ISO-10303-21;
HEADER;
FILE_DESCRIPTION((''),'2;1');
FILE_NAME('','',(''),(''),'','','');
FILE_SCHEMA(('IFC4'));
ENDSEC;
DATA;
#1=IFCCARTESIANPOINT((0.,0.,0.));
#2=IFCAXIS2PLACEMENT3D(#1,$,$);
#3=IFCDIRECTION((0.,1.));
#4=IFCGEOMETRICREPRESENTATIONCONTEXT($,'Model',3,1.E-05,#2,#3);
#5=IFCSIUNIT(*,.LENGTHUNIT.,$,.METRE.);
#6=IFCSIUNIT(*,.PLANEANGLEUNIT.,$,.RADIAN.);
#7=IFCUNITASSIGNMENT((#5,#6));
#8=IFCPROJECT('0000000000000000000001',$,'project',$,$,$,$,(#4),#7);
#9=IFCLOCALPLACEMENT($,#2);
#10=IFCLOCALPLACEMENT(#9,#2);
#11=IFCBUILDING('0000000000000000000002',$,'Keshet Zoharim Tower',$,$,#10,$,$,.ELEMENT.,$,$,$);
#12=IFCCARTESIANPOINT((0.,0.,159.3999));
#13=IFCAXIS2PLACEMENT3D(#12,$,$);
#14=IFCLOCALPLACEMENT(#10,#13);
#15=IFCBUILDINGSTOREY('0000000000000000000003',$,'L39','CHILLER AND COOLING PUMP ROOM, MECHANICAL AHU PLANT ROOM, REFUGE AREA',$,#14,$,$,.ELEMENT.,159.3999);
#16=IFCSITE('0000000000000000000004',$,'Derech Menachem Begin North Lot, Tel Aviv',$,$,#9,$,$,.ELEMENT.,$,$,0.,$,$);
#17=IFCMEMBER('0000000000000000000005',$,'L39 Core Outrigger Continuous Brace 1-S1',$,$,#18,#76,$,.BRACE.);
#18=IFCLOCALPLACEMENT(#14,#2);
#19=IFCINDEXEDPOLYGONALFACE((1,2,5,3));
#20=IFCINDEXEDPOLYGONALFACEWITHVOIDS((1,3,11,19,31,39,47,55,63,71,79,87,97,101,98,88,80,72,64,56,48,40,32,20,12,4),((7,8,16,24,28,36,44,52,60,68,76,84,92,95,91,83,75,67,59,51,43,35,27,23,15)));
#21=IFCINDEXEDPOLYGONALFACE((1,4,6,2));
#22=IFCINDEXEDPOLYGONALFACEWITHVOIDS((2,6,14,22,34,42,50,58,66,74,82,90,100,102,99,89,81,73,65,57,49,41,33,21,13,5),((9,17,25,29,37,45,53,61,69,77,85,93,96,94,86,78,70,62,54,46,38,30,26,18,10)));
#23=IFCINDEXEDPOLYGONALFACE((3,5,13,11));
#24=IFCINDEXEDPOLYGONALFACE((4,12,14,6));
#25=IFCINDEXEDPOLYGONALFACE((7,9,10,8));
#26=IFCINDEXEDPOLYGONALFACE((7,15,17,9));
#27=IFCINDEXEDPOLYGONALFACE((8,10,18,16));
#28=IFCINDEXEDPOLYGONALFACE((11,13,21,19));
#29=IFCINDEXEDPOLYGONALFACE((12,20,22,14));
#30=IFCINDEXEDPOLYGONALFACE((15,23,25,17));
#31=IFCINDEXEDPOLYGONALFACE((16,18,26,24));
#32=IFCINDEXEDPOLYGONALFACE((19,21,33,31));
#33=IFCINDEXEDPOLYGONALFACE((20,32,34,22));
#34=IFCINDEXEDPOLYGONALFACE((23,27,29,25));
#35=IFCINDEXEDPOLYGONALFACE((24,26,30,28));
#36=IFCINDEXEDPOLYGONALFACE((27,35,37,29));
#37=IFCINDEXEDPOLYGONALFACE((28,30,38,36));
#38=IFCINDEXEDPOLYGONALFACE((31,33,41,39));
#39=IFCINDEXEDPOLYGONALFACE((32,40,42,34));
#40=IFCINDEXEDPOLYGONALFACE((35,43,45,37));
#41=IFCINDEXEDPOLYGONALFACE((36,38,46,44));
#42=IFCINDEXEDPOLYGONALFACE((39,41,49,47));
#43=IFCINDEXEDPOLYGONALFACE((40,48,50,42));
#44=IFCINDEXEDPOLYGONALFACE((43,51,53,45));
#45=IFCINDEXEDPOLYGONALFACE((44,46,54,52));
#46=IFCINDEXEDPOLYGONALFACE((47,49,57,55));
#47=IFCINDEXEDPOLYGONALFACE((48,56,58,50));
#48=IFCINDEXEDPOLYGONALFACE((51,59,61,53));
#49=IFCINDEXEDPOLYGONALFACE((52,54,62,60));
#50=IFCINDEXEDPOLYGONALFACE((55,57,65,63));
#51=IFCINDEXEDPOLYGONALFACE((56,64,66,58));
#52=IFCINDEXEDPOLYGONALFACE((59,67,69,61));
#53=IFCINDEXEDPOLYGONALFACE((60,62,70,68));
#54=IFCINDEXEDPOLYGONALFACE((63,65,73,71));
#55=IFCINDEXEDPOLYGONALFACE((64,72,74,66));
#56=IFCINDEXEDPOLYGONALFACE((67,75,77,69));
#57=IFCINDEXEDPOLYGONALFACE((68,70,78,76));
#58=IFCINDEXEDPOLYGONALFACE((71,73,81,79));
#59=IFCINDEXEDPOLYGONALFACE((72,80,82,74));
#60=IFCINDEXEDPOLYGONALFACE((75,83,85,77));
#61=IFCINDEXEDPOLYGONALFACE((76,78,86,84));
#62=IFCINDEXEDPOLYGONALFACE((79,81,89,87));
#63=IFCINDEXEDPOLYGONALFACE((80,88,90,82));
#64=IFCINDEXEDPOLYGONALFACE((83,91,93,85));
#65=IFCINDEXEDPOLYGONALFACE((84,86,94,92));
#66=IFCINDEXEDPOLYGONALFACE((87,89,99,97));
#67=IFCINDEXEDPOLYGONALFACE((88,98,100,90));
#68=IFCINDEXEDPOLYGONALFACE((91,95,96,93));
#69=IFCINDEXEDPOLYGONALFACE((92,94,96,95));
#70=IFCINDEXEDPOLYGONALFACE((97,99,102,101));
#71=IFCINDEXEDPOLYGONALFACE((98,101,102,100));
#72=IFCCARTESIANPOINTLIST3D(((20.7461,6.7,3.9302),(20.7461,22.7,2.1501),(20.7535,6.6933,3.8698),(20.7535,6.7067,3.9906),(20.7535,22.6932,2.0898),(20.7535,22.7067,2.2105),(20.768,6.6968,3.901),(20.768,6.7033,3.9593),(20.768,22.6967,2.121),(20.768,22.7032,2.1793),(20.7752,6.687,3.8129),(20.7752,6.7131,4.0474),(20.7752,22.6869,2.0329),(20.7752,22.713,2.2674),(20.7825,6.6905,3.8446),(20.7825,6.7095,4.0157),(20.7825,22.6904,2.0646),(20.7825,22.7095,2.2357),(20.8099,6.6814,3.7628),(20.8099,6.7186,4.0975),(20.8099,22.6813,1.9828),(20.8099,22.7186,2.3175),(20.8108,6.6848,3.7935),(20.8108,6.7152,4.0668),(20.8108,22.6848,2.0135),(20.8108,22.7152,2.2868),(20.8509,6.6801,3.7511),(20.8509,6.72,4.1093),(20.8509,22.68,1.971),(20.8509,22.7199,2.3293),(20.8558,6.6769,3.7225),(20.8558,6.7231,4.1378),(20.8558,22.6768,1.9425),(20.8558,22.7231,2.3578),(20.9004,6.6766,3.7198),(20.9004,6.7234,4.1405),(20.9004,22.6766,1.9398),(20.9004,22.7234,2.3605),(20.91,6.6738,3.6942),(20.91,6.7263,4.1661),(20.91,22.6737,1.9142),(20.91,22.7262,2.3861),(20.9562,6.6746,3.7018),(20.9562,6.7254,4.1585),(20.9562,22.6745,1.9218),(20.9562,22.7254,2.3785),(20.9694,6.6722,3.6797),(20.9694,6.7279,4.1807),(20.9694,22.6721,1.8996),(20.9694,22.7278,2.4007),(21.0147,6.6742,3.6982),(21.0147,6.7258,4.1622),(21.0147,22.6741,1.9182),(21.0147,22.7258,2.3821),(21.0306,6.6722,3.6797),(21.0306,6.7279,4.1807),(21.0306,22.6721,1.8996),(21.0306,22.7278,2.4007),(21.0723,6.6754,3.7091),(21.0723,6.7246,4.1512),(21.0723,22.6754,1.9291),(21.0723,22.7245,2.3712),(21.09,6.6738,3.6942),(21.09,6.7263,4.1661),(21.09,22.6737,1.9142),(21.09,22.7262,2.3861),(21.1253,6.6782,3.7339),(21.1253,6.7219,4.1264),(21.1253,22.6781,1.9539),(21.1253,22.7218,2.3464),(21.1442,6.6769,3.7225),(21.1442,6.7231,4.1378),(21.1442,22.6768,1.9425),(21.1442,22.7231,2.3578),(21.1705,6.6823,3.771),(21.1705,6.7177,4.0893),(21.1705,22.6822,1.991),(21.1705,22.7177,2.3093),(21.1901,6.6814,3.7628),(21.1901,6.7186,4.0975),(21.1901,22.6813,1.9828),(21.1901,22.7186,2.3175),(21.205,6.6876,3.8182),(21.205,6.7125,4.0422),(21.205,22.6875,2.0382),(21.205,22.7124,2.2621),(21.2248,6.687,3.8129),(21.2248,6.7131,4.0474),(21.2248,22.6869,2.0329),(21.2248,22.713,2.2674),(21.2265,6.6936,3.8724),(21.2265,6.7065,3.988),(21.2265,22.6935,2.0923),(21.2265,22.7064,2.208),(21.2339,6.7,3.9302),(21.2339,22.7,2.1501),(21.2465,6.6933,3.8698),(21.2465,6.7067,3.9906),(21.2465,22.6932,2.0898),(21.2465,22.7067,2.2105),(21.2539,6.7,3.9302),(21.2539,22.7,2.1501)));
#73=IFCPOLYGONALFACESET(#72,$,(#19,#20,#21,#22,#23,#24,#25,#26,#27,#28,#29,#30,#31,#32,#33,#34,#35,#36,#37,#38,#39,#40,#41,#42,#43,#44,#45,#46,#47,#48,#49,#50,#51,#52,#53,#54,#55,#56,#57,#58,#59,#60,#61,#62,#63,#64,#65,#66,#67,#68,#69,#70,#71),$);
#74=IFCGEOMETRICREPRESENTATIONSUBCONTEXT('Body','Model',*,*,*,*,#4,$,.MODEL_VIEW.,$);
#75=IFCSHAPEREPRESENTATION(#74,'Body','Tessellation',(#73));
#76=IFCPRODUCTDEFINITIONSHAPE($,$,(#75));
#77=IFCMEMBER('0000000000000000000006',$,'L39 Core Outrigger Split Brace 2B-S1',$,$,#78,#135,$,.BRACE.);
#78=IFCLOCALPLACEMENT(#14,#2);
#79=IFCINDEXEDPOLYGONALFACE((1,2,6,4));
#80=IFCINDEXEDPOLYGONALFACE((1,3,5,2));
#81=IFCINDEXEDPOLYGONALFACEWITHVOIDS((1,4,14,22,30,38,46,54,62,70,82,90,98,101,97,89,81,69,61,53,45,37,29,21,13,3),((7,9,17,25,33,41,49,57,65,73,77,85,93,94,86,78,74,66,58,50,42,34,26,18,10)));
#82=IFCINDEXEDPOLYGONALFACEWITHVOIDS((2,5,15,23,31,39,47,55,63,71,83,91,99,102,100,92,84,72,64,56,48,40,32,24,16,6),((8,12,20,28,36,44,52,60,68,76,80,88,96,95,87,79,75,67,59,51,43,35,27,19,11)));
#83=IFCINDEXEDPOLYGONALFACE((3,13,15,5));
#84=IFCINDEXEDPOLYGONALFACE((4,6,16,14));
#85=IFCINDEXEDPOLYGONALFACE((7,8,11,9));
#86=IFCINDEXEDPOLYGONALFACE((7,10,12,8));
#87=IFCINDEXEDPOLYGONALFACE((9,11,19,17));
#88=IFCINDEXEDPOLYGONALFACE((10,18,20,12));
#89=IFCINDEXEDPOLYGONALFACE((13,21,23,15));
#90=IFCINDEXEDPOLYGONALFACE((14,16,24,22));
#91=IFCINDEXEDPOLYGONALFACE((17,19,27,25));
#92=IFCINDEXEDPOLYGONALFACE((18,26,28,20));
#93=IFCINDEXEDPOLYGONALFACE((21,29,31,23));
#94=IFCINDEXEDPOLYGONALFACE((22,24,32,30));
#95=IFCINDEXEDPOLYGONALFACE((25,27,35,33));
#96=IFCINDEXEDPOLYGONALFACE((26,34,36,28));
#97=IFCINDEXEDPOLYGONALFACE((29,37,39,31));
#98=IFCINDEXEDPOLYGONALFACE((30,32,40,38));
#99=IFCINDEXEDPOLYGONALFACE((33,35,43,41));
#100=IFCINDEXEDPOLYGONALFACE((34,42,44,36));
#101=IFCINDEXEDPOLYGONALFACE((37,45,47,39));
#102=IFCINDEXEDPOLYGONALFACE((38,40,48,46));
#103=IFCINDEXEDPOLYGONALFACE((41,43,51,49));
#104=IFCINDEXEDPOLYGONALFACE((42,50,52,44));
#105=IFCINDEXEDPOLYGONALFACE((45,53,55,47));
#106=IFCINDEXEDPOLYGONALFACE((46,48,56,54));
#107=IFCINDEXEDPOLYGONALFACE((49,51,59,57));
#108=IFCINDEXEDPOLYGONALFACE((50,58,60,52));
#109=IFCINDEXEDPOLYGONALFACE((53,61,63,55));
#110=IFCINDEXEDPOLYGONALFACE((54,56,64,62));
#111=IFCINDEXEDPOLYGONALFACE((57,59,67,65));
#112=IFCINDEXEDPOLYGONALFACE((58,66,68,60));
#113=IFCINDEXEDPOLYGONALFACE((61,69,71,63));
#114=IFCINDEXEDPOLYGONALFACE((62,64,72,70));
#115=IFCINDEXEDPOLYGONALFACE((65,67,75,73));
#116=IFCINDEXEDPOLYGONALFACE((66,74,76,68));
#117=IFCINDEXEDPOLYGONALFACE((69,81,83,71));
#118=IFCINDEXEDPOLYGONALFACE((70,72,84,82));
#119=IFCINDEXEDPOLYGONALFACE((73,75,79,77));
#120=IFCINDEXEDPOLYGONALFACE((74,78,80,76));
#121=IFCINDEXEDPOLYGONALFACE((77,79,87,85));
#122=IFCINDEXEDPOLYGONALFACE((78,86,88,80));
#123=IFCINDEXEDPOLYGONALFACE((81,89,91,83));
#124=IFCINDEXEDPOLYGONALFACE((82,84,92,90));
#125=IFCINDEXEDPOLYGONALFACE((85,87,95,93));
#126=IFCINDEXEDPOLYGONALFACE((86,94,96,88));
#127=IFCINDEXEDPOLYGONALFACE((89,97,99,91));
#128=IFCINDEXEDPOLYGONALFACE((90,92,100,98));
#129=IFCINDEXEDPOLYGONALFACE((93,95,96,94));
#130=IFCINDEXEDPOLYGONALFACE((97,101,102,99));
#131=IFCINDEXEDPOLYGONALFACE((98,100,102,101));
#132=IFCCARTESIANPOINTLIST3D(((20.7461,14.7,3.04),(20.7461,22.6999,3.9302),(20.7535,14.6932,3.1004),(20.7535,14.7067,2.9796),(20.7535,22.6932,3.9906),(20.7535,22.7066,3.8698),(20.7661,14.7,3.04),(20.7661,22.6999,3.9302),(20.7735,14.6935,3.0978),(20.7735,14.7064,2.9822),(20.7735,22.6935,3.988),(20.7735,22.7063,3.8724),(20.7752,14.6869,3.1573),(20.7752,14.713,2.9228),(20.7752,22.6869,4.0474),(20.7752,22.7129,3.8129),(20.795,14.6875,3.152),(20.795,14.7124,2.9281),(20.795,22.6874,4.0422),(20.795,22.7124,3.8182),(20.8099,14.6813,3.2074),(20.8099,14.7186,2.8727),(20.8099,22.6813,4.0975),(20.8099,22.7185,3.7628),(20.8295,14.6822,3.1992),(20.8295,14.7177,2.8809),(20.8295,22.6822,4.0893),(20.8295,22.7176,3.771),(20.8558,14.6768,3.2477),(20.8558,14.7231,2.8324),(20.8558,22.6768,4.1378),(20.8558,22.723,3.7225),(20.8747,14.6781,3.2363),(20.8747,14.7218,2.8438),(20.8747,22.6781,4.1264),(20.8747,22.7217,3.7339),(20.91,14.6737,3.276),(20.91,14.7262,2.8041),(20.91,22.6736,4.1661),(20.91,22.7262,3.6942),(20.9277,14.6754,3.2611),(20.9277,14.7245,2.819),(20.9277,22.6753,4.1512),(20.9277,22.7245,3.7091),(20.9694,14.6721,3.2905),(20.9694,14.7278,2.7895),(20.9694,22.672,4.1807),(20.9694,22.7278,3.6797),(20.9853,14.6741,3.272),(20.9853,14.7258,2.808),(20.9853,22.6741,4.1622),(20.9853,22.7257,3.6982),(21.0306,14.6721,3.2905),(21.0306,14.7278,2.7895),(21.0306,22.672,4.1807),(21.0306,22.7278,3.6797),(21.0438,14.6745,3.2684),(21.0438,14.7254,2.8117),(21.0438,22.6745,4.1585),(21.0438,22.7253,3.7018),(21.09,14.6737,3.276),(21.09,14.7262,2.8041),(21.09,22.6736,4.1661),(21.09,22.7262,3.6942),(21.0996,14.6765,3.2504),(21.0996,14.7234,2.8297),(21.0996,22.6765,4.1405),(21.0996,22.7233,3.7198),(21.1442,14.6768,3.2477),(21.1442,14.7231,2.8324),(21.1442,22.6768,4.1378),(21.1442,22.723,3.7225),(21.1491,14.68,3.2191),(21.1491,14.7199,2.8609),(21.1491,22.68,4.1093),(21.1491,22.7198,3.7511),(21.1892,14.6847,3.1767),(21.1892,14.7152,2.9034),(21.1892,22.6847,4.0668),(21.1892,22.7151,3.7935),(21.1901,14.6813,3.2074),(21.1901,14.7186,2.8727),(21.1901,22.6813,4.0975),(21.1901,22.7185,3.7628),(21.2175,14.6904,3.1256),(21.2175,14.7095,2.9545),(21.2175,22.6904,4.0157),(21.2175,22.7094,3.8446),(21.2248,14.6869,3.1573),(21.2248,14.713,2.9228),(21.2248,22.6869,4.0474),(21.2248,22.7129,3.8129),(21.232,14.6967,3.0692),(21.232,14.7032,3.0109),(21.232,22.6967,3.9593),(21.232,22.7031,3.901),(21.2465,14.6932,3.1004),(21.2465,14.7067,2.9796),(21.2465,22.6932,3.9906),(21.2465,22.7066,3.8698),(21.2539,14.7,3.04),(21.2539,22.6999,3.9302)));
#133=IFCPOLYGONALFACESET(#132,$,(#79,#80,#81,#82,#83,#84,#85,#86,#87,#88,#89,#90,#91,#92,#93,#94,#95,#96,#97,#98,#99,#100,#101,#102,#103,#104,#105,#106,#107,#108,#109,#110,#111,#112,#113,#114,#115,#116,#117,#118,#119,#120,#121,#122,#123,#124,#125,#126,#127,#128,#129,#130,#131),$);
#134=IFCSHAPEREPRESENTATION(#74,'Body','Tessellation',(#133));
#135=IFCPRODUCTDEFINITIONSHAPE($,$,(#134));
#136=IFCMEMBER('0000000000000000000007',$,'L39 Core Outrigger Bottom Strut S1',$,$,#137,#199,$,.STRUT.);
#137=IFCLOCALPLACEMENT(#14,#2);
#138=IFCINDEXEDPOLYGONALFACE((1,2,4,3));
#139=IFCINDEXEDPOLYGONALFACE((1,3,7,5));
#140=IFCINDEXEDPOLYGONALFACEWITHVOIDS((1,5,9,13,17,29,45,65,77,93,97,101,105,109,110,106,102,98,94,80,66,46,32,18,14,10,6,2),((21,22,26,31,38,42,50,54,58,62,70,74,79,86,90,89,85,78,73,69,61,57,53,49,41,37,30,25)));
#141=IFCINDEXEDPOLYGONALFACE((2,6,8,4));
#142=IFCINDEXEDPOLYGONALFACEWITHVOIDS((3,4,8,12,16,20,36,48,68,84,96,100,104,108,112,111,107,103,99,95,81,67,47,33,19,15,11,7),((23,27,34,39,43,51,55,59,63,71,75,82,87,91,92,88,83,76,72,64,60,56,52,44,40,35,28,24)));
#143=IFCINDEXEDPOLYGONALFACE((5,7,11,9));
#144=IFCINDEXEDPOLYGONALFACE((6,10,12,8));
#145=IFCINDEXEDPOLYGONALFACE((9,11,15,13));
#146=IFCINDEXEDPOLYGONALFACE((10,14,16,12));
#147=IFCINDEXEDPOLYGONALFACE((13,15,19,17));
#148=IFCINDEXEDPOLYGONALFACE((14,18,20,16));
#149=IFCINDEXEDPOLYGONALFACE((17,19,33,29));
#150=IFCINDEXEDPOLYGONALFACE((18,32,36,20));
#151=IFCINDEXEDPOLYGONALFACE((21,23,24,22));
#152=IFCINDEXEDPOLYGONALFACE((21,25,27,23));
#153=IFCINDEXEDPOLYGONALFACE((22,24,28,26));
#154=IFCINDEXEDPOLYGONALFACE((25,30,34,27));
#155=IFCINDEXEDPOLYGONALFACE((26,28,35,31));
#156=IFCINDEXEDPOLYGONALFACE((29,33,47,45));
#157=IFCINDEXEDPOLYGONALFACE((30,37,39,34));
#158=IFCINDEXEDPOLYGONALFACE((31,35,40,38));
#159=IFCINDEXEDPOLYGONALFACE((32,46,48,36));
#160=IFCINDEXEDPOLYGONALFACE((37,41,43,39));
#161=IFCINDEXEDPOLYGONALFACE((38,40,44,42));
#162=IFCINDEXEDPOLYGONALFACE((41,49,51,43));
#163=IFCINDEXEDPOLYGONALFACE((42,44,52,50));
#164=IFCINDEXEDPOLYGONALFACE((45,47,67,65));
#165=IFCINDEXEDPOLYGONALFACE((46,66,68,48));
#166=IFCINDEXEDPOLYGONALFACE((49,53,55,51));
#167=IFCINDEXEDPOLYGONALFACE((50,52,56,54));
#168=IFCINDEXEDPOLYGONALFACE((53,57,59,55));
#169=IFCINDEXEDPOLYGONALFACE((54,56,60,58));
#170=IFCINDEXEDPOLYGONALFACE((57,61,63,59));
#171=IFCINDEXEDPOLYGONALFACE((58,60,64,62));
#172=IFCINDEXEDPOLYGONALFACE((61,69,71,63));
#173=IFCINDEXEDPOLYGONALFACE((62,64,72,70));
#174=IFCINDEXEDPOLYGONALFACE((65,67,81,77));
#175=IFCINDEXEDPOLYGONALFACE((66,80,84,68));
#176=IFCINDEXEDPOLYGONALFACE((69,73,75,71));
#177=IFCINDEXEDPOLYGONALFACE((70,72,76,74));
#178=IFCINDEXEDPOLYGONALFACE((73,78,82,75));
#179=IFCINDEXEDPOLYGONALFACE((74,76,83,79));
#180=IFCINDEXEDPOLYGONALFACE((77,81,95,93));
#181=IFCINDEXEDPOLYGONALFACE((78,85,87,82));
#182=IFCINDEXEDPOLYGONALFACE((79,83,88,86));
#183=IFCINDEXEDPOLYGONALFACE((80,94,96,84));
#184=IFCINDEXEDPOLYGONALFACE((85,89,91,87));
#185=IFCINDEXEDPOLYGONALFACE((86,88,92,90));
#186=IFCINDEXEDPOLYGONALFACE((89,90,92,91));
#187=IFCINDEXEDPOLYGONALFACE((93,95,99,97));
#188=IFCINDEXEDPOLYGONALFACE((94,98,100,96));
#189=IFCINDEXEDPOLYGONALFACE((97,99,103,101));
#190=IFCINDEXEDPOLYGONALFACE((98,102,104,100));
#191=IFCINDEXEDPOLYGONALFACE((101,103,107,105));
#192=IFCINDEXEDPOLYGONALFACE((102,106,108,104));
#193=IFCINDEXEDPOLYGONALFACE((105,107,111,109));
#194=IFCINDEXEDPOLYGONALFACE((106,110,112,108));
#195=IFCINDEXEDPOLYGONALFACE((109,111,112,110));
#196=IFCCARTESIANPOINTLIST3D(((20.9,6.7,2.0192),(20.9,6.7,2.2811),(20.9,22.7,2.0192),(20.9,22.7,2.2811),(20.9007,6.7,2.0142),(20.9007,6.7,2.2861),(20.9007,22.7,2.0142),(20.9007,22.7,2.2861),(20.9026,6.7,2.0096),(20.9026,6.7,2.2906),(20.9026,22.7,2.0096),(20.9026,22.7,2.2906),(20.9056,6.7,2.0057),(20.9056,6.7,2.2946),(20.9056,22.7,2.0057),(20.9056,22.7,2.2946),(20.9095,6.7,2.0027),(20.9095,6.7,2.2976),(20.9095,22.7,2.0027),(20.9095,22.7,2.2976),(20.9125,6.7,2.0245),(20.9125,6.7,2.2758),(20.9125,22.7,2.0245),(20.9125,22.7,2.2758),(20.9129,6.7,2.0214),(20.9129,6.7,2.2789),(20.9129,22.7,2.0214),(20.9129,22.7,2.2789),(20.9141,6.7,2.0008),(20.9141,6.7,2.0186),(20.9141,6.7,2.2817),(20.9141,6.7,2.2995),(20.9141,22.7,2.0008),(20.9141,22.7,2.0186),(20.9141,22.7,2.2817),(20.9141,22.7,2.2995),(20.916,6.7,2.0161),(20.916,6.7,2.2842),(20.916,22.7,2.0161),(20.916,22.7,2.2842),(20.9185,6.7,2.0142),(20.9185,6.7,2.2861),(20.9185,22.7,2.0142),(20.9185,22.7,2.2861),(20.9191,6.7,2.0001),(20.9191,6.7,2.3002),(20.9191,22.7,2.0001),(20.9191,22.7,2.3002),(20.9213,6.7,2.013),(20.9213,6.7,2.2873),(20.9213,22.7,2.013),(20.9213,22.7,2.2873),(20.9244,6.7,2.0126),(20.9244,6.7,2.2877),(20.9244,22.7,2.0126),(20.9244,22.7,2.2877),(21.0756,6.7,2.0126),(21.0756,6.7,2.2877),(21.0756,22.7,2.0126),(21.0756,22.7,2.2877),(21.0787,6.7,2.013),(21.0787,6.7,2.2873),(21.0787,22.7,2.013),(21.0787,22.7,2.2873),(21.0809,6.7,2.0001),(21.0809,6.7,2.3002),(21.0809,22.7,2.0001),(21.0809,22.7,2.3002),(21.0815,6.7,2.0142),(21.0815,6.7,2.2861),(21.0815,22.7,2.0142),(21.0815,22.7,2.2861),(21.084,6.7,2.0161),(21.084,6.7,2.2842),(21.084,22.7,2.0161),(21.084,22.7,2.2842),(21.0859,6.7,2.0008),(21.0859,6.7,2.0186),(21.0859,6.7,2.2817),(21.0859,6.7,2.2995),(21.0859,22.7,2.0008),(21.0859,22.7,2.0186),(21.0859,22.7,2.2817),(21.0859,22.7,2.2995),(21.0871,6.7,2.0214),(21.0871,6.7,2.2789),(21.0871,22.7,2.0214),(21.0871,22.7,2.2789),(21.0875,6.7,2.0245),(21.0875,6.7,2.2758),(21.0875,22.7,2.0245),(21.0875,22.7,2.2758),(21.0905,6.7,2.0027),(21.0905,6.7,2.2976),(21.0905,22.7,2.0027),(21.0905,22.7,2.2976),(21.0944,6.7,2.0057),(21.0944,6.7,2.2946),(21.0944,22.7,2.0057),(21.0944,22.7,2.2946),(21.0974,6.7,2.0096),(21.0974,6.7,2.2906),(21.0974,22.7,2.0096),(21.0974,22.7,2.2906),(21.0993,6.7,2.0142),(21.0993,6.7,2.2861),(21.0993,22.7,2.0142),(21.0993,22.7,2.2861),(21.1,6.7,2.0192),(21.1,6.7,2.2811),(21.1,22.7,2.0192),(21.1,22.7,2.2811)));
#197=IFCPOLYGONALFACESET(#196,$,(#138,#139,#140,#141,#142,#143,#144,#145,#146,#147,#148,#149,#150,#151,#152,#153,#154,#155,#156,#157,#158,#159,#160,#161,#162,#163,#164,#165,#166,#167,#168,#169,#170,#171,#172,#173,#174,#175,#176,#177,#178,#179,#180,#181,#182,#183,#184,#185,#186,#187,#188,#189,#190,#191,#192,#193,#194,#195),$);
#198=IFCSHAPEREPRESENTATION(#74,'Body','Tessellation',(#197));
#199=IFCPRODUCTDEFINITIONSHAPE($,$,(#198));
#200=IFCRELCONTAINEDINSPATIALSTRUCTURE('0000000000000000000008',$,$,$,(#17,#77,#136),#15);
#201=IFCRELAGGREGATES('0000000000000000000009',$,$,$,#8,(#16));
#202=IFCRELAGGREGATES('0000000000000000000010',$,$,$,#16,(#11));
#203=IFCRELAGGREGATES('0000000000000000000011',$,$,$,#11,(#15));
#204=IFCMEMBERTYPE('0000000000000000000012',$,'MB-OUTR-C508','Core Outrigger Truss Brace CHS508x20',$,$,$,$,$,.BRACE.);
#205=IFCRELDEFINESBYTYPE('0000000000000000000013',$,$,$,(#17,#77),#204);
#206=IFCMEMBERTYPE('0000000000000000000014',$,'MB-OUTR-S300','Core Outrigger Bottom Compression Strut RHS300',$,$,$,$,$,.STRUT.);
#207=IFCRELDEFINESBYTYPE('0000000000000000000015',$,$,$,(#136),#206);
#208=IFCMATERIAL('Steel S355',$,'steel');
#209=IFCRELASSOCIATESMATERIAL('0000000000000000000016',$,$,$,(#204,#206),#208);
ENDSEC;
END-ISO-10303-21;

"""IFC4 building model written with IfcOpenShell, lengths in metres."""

from ifc_helpers import new_model, si_unit, direction, frame, origin, origin_2d, place, context, subcontext, project, spatial, hollow_rectangle, hollow_circle, extrude, material, material_profile, profile_set, type_object, element, save


model = new_model("IFC4")

# Units and contexts
model_context = context("Model", 3, precision=1e-05, world=origin(), true_north=direction((0.0, 1.0)))
body_context = subcontext(model_context, "Body", "Model", "MODEL_VIEW")
ifc_project = project(units=[si_unit("LENGTHUNIT", "METRE"), si_unit("PLANEANGLEUNIT", "RADIAN")], contexts=[model_context])

# Site, building, storey
site_placement = place(None, origin())
site = spatial("IfcSite", under=ifc_project, at=site_placement, Name="Derech Menachem Begin North Lot, Tel Aviv", CompositionType="ELEMENT", RefElevation=0.0)
building_placement = place(site_placement, origin())
building = spatial("IfcBuilding", under=site, at=building_placement, Name="Keshet Zoharim Tower", CompositionType="ELEMENT")
storey_placement = place(building_placement, frame((0.0, 0.0, 159.3999)))
storey = spatial("IfcBuildingStorey", under=building, at=storey_placement, Name="L39", Description="CHILLER AND COOLING PUMP ROOM, MECHANICAL AHU PLANT ROOM, REFUGE AREA", CompositionType="ELEMENT", Elevation=159.3999)

# Members
ifc_material_1 = material(Name="Steel S355", Category="steel")
ifc_material_profile_1 = material_profile(ifc_material_1, hollow_circle(Radius=0.2539, WallThickness=0.02, at=origin_2d()), Name="CHS508x20")
ifc_profile_set_1 = profile_set([ifc_material_profile_1], Name="Steel S355")
member_type_1 = type_object("IfcMemberType", Name="MB-OUTR-C508", Description="Core Outrigger Truss Brace CHS508x20", PredefinedType="BRACE", material=ifc_profile_set_1)
member_1_placement = place(storey_placement, frame((21.0, 22.7, 2.1501), z_axis=(0.0, -0.993868, 0.11057), x_axis=(1.0, 0.0, 0.0)))
element("IfcMember", 1, at=member_1_placement, inside=storey, type_object=member_type_1, Name="L39 Core Outrigger Continuous Brace 1-S1", PredefinedType="BRACE", context=body_context, shape_type="SweptSolid", body=[
    extrude(hollow_circle(Radius=0.2539, WallThickness=0.02, at=origin_2d()), origin(), (0.0, 0.0, 1.0), 16.0986),
])
member_2_placement = place(storey_placement, frame((21.0, 14.7, 3.04), z_axis=(0.0, 0.993867, 0.110585), x_axis=(-1.0, 0.0, 0.0)))
element("IfcMember", 2, at=member_2_placement, inside=storey, type_object=member_type_1, Name="L39 Core Outrigger Split Brace 2B-S1", PredefinedType="BRACE", context=body_context, shape_type="SweptSolid", body=[
    extrude(hollow_circle(Radius=0.2539, WallThickness=0.02, at=origin_2d()), origin(), (0.0, 0.0, 1.0), 8.0493),
])
ifc_material_profile_2 = material_profile(ifc_material_1, hollow_rectangle(XDim=0.2, YDim=0.3, WallThickness=0.0125, InnerFilletRadius=0.012, OuterFilletRadius=0.019, at=origin_2d()), Name="RHS300x200x12.5")
ifc_profile_set_2 = profile_set([ifc_material_profile_2], Name="Steel S355")
member_type_2 = type_object("IfcMemberType", Name="MB-OUTR-S300", Description="Core Outrigger Bottom Compression Strut RHS300", PredefinedType="STRUT", material=ifc_profile_set_2)
member_3_placement = place(storey_placement, frame((21.0, 22.7, 2.1501), z_axis=(0.0, -1.0, 0.0), x_axis=(1.0, 0.0, 0.0)))
element("IfcMember", 3, at=member_3_placement, inside=storey, type_object=member_type_2, Name="L39 Core Outrigger Bottom Strut S1", PredefinedType="STRUT", context=body_context, shape_type="SweptSolid", body=[
    extrude(hollow_rectangle(XDim=0.2, YDim=0.3, WallThickness=0.0125, InnerFilletRadius=0.012, OuterFilletRadius=0.019, at=origin_2d()), origin(), (0.0, 0.0, 1.0), 16.0),
])

save(model, "model.ifc")
